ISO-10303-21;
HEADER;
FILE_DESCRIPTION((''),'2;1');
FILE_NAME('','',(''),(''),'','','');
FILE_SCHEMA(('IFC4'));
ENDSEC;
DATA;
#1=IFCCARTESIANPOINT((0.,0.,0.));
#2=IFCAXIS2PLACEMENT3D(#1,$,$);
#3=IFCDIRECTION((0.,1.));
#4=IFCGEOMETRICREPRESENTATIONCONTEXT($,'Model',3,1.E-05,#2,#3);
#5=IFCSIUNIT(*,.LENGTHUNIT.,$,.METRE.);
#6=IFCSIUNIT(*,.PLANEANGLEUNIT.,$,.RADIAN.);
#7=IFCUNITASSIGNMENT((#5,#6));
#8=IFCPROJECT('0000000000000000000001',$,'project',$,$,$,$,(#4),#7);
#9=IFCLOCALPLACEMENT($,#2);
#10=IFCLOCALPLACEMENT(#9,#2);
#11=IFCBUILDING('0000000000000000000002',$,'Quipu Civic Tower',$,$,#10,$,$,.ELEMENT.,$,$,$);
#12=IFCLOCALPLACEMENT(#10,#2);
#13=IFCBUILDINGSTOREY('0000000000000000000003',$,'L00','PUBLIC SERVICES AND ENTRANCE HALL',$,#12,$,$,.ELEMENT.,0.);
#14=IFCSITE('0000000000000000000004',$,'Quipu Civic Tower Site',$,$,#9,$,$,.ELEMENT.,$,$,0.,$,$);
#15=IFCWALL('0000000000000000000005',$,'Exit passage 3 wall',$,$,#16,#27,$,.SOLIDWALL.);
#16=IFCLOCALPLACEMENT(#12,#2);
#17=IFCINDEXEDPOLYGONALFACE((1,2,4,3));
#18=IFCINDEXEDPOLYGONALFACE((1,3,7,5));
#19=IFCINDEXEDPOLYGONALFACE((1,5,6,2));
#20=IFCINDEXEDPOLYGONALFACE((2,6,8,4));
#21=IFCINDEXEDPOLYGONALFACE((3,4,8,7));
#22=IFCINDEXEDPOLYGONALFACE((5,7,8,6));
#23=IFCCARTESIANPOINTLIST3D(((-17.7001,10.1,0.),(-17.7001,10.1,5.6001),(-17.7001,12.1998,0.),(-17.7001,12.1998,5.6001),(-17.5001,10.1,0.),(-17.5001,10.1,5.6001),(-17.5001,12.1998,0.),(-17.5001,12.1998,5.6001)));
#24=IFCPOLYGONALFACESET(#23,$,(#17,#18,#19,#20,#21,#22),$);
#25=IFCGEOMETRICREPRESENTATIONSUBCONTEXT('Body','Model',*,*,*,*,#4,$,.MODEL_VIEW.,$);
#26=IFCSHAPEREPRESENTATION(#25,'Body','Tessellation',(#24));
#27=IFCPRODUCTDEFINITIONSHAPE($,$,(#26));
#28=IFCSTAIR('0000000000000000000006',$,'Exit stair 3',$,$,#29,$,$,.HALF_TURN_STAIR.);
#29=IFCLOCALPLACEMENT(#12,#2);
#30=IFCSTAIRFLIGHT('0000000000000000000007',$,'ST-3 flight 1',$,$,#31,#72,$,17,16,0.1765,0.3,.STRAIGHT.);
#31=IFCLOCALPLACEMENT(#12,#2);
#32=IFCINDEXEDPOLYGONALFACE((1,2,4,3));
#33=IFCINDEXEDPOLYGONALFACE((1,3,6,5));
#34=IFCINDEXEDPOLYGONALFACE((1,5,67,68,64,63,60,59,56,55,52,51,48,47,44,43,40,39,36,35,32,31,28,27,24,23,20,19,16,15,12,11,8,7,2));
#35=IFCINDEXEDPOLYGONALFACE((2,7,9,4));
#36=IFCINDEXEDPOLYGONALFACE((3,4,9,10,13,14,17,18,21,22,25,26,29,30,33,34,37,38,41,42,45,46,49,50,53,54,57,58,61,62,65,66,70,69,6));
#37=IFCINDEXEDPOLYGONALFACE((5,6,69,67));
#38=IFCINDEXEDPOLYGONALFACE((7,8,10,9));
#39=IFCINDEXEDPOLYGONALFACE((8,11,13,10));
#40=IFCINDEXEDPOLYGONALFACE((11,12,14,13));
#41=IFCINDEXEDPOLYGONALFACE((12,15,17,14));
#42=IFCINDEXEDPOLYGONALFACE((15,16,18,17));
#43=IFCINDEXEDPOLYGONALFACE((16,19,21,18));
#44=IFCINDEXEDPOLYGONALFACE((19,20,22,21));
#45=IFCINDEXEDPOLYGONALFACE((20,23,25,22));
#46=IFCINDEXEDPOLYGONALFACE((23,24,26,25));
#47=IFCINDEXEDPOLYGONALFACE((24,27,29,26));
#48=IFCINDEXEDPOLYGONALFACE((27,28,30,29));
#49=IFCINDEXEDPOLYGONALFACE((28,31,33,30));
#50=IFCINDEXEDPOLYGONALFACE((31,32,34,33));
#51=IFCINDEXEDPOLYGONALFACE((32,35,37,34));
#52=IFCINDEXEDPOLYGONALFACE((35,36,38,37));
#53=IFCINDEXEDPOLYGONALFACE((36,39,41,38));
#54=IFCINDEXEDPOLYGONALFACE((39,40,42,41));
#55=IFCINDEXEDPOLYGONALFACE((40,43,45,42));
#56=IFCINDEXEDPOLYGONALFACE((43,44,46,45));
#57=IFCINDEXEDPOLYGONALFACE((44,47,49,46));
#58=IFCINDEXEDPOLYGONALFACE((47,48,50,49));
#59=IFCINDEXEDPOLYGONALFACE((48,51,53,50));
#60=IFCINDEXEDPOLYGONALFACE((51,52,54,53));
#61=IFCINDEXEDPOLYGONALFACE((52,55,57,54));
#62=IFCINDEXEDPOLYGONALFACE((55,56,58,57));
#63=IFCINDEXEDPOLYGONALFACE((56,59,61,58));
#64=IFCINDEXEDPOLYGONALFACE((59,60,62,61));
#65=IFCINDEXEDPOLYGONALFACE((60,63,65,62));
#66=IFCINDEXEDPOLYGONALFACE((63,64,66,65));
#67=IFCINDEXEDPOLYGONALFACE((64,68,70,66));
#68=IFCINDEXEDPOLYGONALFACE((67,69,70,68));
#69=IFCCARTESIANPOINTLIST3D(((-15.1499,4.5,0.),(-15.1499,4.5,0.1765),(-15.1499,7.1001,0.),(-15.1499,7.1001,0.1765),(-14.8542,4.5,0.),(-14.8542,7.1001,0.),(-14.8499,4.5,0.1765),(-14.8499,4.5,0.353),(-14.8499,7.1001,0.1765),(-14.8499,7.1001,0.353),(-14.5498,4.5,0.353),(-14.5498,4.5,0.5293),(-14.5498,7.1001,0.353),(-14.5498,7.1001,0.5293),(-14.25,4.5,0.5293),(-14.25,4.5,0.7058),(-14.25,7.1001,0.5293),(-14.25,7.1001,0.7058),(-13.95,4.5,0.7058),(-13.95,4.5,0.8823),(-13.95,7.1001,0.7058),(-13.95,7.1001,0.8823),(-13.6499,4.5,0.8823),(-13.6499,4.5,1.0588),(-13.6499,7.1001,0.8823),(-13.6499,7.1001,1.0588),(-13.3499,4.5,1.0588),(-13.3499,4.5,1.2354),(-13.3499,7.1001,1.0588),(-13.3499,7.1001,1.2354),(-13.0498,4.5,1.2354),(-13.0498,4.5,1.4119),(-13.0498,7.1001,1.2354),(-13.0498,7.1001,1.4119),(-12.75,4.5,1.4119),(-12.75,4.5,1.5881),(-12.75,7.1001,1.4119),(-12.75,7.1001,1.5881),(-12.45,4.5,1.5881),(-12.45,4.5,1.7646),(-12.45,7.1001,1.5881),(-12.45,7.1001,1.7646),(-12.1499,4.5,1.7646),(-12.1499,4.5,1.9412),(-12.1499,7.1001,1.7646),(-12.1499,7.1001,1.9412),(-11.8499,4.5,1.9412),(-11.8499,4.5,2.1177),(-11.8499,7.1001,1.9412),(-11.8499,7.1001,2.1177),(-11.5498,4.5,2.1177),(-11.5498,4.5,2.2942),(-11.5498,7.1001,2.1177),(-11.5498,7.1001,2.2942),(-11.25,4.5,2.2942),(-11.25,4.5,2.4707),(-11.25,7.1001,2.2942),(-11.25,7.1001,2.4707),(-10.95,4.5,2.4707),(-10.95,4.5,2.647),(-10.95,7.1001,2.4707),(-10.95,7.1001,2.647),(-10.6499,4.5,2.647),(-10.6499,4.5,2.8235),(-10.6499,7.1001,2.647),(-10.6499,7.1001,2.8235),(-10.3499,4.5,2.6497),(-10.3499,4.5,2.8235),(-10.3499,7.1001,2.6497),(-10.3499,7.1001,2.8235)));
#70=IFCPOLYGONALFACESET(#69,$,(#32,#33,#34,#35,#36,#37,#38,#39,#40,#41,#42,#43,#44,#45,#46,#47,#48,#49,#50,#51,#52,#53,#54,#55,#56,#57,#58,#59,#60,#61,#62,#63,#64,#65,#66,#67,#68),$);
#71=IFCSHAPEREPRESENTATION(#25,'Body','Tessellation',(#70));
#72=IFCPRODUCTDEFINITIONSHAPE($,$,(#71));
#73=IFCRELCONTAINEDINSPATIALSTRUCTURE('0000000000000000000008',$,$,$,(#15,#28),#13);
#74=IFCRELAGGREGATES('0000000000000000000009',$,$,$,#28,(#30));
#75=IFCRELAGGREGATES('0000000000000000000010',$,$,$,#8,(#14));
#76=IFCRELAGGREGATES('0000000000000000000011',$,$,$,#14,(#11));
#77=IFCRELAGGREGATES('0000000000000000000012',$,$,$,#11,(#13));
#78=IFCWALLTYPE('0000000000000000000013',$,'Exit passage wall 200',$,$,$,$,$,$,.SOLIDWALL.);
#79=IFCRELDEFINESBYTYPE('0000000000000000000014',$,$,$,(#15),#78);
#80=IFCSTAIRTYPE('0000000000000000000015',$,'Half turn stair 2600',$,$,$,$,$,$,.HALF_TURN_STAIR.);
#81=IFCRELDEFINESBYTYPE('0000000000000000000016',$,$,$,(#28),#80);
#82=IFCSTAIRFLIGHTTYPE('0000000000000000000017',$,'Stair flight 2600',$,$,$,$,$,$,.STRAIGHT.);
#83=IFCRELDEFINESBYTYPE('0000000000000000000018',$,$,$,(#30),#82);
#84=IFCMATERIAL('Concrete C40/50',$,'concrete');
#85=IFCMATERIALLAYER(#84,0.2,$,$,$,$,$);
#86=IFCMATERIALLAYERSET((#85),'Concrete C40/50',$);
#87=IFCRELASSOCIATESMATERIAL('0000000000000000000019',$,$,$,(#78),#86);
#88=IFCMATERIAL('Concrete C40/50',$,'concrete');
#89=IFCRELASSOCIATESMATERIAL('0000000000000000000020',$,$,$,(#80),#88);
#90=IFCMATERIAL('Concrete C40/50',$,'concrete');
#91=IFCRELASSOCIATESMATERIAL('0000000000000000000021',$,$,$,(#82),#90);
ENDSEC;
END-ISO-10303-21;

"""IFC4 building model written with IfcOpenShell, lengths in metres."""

from ifc_helpers import new_model, si_unit, direction, frame, frame_2d, origin, place, context, subcontext, project, spatial, polyline, rectangle, outline, extrude, material, layer, layer_set, type_object, element, aggregate, save


model = new_model("IFC4")

# Units and contexts
model_context = context("Model", 3, precision=1e-05, world=origin(), true_north=direction((0.0, 1.0)))
body_context = subcontext(model_context, "Body", "Model", "MODEL_VIEW")
ifc_project = project(units=[si_unit("LENGTHUNIT", "METRE"), si_unit("PLANEANGLEUNIT", "RADIAN")], contexts=[model_context])

# Site, building, storey
site_placement = place(None, origin())
site = spatial("IfcSite", under=ifc_project, at=site_placement, Name="Quipu Civic Tower Site", CompositionType="ELEMENT", RefElevation=0.0)
building_placement = place(site_placement, origin())
building = spatial("IfcBuilding", under=site, at=building_placement, Name="Quipu Civic Tower", CompositionType="ELEMENT")
storey_placement = place(building_placement, origin())
storey = spatial("IfcBuildingStorey", under=building, at=storey_placement, Name="L00", Description="PUBLIC SERVICES AND ENTRANCE HALL", CompositionType="ELEMENT", Elevation=0.0)

# Wall
ifc_material_1 = material(Name="Concrete C40/50", Category="concrete")
ifc_layer_1 = layer(ifc_material_1, 0.2)
ifc_layer_set_1 = layer_set([ifc_layer_1], Name="Concrete C40/50")
wall_type_1 = type_object("IfcWallType", Name="Exit passage wall 200", PredefinedType="SOLIDWALL", material=ifc_layer_set_1)
wall_1_placement = place(storey_placement, frame((-17.6001, 10.1001, 0.0), z_axis=(0.0, 0.0, 1.0), x_axis=(0.0, 1.0, 0.0)))
element("IfcWall", 1, at=wall_1_placement, inside=storey, type_object=wall_type_1, Name="Exit passage 3 wall", PredefinedType="SOLIDWALL", context=body_context, shape_type="SweptSolid", body=[
    extrude(rectangle(XDim=2.0999, YDim=0.2, at=frame_2d((1.0498, 0.0))), origin(), (0.0, 0.0, 1.0), 5.6001),
])

# Stair, stair flight
ifc_material_2 = material(Name="Concrete C40/50", Category="concrete")
stair_type = type_object("IfcStairType", Name="Half turn stair 2600", PredefinedType="HALF_TURN_STAIR", material=ifc_material_2)
stair_placement = place(storey_placement, origin())
stair = element("IfcStair", 2, at=stair_placement, inside=storey, type_object=stair_type, Name="Exit stair 3", PredefinedType="HALF_TURN_STAIR")
ifc_material_3 = material(Name="Concrete C40/50", Category="concrete")
stair_flight_type = type_object("IfcStairFlightType", Name="Stair flight 2600", PredefinedType="STRAIGHT", material=ifc_material_3)
stair_flight_placement = place(storey_placement, frame((-15.1499, 5.8, 0.0), z_axis=(0.0, 0.0, 1.0), x_axis=(1.0, 0.0, 0.0)))
stair_flight = element("IfcStairFlight", 3, at=stair_flight_placement, type_object=stair_flight_type, Name="ST-3 flight 1", NumberOfRisers=17, NumberOfTreads=16, PredefinedType="STRAIGHT", RiserHeight=0.1765, TreadLength=0.3, context=body_context, shape_type="SweptSolid", body=[
    extrude(outline(polyline([(0.0, 0.0), (0.0, 0.1765), (0.3, 0.1765), (0.3, 0.353), (0.6001, 0.353), (0.6001, 0.5293), (0.8999, 0.5293), (0.8999, 0.7058), (1.2, 0.7058), (1.2, 0.8823), (1.5, 0.8823), (1.5, 1.0588), (1.8, 1.0588), (1.8, 1.2354), (2.1001, 1.2354), (2.1001, 1.4119), (2.3999, 1.4119), (2.3999, 1.5881), (2.7, 1.5881), (2.7, 1.7646), (3.0, 1.7646), (3.0, 1.9412), (3.3, 1.9412), (3.3, 2.1177), (3.6001, 2.1177), (3.6001, 2.2942), (3.8999, 2.2942), (3.8999, 2.4707), (4.2, 2.4707), (4.2, 2.647), (4.5, 2.647), (4.5, 2.8235), (4.8, 2.8235), (4.8, 3.0), (4.8, 2.6497), (0.2957, 0.0), (0.0, 0.0)])), frame((0.0, 1.3, 0.0), z_axis=(0.0, -1.0, 0.0), x_axis=(1.0, 0.0, 0.0)), (0.0, 0.0, 1.0), 2.6001),
])
aggregate(stair, [stair_flight])

save(model, "model.ifc")
